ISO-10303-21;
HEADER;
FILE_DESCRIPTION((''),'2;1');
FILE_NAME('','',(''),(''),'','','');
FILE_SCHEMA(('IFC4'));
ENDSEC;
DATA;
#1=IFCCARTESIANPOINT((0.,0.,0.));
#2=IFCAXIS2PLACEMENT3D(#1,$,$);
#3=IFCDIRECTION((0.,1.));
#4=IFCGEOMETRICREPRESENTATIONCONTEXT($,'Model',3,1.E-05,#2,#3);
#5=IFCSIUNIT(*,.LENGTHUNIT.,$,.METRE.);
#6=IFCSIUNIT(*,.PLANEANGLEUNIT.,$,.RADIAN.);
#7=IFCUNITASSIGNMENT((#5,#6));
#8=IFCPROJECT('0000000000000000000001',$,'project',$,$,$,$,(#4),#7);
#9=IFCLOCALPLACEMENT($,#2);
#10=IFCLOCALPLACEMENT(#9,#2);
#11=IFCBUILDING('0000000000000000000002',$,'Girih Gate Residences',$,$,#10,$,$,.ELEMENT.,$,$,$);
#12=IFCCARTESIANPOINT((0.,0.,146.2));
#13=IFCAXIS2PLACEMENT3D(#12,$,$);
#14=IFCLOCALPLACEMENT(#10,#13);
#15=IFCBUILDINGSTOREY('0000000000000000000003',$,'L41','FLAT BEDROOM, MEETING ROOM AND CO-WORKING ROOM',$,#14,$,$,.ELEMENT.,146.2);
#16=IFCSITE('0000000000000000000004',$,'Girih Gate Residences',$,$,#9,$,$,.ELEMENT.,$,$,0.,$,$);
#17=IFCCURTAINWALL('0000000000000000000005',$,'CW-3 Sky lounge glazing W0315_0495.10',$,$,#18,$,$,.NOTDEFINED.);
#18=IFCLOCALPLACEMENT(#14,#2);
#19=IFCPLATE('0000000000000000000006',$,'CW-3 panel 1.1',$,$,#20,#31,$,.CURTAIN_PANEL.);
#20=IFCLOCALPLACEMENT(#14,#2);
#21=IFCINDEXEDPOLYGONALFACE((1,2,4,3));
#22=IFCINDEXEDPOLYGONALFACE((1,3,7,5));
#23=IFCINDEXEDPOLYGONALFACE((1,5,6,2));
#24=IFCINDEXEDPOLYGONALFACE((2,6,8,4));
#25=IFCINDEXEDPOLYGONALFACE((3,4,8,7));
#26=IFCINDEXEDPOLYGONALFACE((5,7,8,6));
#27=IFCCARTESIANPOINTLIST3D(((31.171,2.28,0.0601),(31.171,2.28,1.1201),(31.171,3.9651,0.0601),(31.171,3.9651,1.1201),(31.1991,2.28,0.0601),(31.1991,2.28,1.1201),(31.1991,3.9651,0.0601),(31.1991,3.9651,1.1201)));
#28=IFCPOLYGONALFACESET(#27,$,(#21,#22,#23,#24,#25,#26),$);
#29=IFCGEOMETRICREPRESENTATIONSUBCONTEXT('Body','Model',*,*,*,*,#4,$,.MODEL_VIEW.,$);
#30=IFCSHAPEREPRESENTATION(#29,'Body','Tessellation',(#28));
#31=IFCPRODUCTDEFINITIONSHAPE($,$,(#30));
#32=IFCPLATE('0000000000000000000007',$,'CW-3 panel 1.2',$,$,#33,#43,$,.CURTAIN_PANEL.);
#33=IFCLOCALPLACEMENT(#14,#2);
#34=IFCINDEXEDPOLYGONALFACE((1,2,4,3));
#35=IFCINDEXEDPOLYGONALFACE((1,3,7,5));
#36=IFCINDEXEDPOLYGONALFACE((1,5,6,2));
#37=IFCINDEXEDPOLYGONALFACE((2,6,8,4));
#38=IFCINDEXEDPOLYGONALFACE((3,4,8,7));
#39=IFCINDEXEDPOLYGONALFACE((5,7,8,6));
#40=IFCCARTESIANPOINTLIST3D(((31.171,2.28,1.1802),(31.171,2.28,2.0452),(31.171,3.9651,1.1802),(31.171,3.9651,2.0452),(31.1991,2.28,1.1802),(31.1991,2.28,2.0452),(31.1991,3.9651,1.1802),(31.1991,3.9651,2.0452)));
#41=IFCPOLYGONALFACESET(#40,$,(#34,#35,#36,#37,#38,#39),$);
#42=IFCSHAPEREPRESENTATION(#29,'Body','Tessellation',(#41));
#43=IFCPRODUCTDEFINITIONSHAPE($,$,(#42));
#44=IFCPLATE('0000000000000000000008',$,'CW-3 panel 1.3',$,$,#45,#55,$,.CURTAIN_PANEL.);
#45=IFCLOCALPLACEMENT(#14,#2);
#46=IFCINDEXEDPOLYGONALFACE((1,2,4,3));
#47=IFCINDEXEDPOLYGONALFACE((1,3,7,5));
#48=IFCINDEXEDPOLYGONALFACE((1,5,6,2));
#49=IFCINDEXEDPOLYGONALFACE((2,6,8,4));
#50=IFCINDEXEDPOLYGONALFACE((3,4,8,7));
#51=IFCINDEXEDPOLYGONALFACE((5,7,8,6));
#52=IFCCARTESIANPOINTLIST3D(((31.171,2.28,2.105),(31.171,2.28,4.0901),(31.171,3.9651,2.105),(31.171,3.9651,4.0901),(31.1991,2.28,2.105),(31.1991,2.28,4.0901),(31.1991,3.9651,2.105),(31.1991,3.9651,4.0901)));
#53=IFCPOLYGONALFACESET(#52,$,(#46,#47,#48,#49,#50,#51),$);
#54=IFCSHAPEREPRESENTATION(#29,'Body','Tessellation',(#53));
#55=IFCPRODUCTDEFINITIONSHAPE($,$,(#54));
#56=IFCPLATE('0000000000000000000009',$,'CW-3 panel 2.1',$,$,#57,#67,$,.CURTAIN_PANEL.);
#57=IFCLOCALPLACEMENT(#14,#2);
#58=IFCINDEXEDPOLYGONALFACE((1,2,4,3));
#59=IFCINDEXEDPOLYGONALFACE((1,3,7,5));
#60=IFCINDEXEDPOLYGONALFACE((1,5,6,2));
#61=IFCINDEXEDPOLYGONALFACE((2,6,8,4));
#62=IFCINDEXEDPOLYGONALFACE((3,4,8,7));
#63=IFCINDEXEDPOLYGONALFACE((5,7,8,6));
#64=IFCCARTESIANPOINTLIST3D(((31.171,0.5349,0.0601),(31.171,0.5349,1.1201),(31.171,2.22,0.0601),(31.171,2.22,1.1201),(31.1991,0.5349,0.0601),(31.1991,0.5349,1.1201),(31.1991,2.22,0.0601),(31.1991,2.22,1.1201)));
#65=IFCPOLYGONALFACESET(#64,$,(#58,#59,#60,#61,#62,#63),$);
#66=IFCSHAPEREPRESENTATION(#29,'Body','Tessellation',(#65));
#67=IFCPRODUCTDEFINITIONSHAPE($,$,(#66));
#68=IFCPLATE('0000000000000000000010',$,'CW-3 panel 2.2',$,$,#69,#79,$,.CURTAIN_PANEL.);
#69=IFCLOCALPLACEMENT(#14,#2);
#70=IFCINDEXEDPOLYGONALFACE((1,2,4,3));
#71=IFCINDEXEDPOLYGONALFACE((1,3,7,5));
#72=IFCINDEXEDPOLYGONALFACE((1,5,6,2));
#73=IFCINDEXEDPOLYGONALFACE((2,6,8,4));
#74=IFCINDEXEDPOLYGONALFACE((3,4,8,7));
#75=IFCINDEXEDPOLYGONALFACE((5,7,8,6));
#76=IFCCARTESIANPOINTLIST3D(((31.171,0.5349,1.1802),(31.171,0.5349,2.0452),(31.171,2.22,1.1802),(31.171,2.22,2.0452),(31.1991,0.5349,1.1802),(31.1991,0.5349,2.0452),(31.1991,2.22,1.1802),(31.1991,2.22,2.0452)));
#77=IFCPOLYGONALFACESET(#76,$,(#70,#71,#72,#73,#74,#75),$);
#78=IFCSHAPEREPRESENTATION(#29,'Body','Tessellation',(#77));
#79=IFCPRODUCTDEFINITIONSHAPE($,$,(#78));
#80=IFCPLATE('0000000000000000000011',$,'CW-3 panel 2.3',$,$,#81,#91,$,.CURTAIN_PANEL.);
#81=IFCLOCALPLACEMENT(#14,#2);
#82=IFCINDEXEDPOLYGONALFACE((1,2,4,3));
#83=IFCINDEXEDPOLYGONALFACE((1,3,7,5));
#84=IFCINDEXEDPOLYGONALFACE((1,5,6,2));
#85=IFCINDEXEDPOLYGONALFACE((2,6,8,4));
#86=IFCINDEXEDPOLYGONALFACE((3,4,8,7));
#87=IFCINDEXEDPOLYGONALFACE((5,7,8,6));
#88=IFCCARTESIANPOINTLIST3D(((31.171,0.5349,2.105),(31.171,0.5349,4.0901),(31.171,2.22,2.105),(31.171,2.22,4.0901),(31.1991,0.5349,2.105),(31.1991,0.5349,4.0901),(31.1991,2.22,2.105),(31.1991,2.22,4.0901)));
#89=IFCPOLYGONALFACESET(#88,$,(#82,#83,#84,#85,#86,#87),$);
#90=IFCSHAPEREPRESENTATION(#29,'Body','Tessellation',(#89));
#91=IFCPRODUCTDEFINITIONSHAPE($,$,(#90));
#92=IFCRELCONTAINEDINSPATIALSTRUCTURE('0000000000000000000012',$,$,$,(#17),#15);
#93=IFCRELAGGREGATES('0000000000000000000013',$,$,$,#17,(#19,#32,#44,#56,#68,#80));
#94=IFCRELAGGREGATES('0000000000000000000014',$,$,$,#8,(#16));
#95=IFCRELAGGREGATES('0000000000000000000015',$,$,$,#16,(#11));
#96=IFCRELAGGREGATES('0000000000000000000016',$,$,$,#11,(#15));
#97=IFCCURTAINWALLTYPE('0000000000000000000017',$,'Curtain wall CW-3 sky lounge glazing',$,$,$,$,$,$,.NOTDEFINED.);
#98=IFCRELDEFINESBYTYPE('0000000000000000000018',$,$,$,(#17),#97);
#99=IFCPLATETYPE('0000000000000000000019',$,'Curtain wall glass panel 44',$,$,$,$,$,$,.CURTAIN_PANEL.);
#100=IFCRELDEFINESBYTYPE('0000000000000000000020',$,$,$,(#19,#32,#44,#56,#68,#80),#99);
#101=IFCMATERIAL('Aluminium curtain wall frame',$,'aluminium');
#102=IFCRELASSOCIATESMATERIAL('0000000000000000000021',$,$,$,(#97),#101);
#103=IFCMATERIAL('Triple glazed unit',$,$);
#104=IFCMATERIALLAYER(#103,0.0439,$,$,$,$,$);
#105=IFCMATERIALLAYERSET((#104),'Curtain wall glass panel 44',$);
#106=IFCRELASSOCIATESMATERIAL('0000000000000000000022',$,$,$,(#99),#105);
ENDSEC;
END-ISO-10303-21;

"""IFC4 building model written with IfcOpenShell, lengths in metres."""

from ifc_helpers import new_model, si_unit, direction, frame, origin, origin_2d, place, context, subcontext, project, spatial, rectangle, extrude, material, layer, layer_set, type_object, element, aggregate, save


model = new_model("IFC4")

# Units and contexts
model_context = context("Model", 3, precision=1e-05, world=origin(), true_north=direction((0.0, 1.0)))
body_context = subcontext(model_context, "Body", "Model", "MODEL_VIEW")
ifc_project = project(units=[si_unit("LENGTHUNIT", "METRE"), si_unit("PLANEANGLEUNIT", "RADIAN")], contexts=[model_context])

# Site, building, storey
site_placement = place(None, origin())
site = spatial("IfcSite", under=ifc_project, at=site_placement, Name="Girih Gate Residences", CompositionType="ELEMENT", RefElevation=0.0)
building_placement = place(site_placement, origin())
building = spatial("IfcBuilding", under=site, at=building_placement, Name="Girih Gate Residences", CompositionType="ELEMENT")
storey_placement = place(building_placement, frame((0.0, 0.0, 146.2)))
storey = spatial("IfcBuildingStorey", under=building, at=storey_placement, Name="L41", Description="FLAT BEDROOM, MEETING ROOM AND CO-WORKING ROOM", CompositionType="ELEMENT", Elevation=146.2)

# Shared definitions
ifc_material_1 = material(Name="Aluminium curtain wall frame", Category="aluminium")
curtain_wall_type = type_object("IfcCurtainWallType", Name="Curtain wall CW-3 sky lounge glazing", PredefinedType="NOTDEFINED", material=ifc_material_1)

# Curtain wall
curtain_wall_1_placement = place(storey_placement, origin())
curtain_wall_1 = element("IfcCurtainWall", 1, at=curtain_wall_1_placement, inside=storey, type_object=curtain_wall_type, Name="CW-3 Sky lounge glazing W0315_0495.10", PredefinedType="NOTDEFINED")

# Plates
ifc_material_2 = material(Name="Triple glazed unit")
ifc_layer = layer(ifc_material_2, 0.0439)
ifc_layer_set = layer_set([ifc_layer], Name="Curtain wall glass panel 44")
plate_type = type_object("IfcPlateType", Name="Curtain wall glass panel 44", PredefinedType="CURTAIN_PANEL", material=ifc_layer_set)
plate_1_placement = place(storey_placement, frame((31.1851, 3.1226, 0.0601), z_axis=(0.0, 0.0, 1.0), x_axis=(0.0, -1.0, 0.0)))
plate_1 = element("IfcPlate", 2, at=plate_1_placement, type_object=plate_type, Name="CW-3 panel 1.1", PredefinedType="CURTAIN_PANEL", context=body_context, shape_type="SweptSolid", body=[
    extrude(rectangle(XDim=1.6851, YDim=0.0281, at=origin_2d()), origin(), (0.0, 0.0, 1.0), 1.0601),
])
plate_2_placement = place(storey_placement, frame((31.1851, 3.1226, 1.1802), z_axis=(0.0, 0.0, 1.0), x_axis=(0.0, -1.0, 0.0)))
plate_2 = element("IfcPlate", 3, at=plate_2_placement, type_object=plate_type, Name="CW-3 panel 1.2", PredefinedType="CURTAIN_PANEL", context=body_context, shape_type="SweptSolid", body=[
    extrude(rectangle(XDim=1.6851, YDim=0.0281, at=origin_2d()), origin(), (0.0, 0.0, 1.0), 0.865),
])
plate_3_placement = place(storey_placement, frame((31.1851, 3.1226, 2.105), z_axis=(0.0, 0.0, 1.0), x_axis=(0.0, -1.0, 0.0)))
plate_3 = element("IfcPlate", 4, at=plate_3_placement, type_object=plate_type, Name="CW-3 panel 1.3", PredefinedType="CURTAIN_PANEL", context=body_context, shape_type="SweptSolid", body=[
    extrude(rectangle(XDim=1.6851, YDim=0.0281, at=origin_2d()), origin(), (0.0, 0.0, 1.0), 1.9851),
])
plate_4_placement = place(storey_placement, frame((31.1851, 1.3774, 0.0601), z_axis=(0.0, 0.0, 1.0), x_axis=(0.0, -1.0, 0.0)))
plate_4 = element("IfcPlate", 5, at=plate_4_placement, type_object=plate_type, Name="CW-3 panel 2.1", PredefinedType="CURTAIN_PANEL", context=body_context, shape_type="SweptSolid", body=[
    extrude(rectangle(XDim=1.6851, YDim=0.0281, at=origin_2d()), origin(), (0.0, 0.0, 1.0), 1.0601),
])
plate_5_placement = place(storey_placement, frame((31.1851, 1.3774, 1.1802), z_axis=(0.0, 0.0, 1.0), x_axis=(0.0, -1.0, 0.0)))
plate_5 = element("IfcPlate", 6, at=plate_5_placement, type_object=plate_type, Name="CW-3 panel 2.2", PredefinedType="CURTAIN_PANEL", context=body_context, shape_type="SweptSolid", body=[
    extrude(rectangle(XDim=1.6851, YDim=0.0281, at=origin_2d()), origin(), (0.0, 0.0, 1.0), 0.865),
])
plate_6_placement = place(storey_placement, frame((31.1851, 1.3774, 2.105), z_axis=(0.0, 0.0, 1.0), x_axis=(0.0, -1.0, 0.0)))
plate_6 = element("IfcPlate", 7, at=plate_6_placement, type_object=plate_type, Name="CW-3 panel 2.3", PredefinedType="CURTAIN_PANEL", context=body_context, shape_type="SweptSolid", body=[
    extrude(rectangle(XDim=1.6851, YDim=0.0281, at=origin_2d()), origin(), (0.0, 0.0, 1.0), 1.9851),
])
aggregate(curtain_wall_1, [plate_1, plate_2, plate_3, plate_4, plate_5, plate_6])

save(model, "model.ifc")
